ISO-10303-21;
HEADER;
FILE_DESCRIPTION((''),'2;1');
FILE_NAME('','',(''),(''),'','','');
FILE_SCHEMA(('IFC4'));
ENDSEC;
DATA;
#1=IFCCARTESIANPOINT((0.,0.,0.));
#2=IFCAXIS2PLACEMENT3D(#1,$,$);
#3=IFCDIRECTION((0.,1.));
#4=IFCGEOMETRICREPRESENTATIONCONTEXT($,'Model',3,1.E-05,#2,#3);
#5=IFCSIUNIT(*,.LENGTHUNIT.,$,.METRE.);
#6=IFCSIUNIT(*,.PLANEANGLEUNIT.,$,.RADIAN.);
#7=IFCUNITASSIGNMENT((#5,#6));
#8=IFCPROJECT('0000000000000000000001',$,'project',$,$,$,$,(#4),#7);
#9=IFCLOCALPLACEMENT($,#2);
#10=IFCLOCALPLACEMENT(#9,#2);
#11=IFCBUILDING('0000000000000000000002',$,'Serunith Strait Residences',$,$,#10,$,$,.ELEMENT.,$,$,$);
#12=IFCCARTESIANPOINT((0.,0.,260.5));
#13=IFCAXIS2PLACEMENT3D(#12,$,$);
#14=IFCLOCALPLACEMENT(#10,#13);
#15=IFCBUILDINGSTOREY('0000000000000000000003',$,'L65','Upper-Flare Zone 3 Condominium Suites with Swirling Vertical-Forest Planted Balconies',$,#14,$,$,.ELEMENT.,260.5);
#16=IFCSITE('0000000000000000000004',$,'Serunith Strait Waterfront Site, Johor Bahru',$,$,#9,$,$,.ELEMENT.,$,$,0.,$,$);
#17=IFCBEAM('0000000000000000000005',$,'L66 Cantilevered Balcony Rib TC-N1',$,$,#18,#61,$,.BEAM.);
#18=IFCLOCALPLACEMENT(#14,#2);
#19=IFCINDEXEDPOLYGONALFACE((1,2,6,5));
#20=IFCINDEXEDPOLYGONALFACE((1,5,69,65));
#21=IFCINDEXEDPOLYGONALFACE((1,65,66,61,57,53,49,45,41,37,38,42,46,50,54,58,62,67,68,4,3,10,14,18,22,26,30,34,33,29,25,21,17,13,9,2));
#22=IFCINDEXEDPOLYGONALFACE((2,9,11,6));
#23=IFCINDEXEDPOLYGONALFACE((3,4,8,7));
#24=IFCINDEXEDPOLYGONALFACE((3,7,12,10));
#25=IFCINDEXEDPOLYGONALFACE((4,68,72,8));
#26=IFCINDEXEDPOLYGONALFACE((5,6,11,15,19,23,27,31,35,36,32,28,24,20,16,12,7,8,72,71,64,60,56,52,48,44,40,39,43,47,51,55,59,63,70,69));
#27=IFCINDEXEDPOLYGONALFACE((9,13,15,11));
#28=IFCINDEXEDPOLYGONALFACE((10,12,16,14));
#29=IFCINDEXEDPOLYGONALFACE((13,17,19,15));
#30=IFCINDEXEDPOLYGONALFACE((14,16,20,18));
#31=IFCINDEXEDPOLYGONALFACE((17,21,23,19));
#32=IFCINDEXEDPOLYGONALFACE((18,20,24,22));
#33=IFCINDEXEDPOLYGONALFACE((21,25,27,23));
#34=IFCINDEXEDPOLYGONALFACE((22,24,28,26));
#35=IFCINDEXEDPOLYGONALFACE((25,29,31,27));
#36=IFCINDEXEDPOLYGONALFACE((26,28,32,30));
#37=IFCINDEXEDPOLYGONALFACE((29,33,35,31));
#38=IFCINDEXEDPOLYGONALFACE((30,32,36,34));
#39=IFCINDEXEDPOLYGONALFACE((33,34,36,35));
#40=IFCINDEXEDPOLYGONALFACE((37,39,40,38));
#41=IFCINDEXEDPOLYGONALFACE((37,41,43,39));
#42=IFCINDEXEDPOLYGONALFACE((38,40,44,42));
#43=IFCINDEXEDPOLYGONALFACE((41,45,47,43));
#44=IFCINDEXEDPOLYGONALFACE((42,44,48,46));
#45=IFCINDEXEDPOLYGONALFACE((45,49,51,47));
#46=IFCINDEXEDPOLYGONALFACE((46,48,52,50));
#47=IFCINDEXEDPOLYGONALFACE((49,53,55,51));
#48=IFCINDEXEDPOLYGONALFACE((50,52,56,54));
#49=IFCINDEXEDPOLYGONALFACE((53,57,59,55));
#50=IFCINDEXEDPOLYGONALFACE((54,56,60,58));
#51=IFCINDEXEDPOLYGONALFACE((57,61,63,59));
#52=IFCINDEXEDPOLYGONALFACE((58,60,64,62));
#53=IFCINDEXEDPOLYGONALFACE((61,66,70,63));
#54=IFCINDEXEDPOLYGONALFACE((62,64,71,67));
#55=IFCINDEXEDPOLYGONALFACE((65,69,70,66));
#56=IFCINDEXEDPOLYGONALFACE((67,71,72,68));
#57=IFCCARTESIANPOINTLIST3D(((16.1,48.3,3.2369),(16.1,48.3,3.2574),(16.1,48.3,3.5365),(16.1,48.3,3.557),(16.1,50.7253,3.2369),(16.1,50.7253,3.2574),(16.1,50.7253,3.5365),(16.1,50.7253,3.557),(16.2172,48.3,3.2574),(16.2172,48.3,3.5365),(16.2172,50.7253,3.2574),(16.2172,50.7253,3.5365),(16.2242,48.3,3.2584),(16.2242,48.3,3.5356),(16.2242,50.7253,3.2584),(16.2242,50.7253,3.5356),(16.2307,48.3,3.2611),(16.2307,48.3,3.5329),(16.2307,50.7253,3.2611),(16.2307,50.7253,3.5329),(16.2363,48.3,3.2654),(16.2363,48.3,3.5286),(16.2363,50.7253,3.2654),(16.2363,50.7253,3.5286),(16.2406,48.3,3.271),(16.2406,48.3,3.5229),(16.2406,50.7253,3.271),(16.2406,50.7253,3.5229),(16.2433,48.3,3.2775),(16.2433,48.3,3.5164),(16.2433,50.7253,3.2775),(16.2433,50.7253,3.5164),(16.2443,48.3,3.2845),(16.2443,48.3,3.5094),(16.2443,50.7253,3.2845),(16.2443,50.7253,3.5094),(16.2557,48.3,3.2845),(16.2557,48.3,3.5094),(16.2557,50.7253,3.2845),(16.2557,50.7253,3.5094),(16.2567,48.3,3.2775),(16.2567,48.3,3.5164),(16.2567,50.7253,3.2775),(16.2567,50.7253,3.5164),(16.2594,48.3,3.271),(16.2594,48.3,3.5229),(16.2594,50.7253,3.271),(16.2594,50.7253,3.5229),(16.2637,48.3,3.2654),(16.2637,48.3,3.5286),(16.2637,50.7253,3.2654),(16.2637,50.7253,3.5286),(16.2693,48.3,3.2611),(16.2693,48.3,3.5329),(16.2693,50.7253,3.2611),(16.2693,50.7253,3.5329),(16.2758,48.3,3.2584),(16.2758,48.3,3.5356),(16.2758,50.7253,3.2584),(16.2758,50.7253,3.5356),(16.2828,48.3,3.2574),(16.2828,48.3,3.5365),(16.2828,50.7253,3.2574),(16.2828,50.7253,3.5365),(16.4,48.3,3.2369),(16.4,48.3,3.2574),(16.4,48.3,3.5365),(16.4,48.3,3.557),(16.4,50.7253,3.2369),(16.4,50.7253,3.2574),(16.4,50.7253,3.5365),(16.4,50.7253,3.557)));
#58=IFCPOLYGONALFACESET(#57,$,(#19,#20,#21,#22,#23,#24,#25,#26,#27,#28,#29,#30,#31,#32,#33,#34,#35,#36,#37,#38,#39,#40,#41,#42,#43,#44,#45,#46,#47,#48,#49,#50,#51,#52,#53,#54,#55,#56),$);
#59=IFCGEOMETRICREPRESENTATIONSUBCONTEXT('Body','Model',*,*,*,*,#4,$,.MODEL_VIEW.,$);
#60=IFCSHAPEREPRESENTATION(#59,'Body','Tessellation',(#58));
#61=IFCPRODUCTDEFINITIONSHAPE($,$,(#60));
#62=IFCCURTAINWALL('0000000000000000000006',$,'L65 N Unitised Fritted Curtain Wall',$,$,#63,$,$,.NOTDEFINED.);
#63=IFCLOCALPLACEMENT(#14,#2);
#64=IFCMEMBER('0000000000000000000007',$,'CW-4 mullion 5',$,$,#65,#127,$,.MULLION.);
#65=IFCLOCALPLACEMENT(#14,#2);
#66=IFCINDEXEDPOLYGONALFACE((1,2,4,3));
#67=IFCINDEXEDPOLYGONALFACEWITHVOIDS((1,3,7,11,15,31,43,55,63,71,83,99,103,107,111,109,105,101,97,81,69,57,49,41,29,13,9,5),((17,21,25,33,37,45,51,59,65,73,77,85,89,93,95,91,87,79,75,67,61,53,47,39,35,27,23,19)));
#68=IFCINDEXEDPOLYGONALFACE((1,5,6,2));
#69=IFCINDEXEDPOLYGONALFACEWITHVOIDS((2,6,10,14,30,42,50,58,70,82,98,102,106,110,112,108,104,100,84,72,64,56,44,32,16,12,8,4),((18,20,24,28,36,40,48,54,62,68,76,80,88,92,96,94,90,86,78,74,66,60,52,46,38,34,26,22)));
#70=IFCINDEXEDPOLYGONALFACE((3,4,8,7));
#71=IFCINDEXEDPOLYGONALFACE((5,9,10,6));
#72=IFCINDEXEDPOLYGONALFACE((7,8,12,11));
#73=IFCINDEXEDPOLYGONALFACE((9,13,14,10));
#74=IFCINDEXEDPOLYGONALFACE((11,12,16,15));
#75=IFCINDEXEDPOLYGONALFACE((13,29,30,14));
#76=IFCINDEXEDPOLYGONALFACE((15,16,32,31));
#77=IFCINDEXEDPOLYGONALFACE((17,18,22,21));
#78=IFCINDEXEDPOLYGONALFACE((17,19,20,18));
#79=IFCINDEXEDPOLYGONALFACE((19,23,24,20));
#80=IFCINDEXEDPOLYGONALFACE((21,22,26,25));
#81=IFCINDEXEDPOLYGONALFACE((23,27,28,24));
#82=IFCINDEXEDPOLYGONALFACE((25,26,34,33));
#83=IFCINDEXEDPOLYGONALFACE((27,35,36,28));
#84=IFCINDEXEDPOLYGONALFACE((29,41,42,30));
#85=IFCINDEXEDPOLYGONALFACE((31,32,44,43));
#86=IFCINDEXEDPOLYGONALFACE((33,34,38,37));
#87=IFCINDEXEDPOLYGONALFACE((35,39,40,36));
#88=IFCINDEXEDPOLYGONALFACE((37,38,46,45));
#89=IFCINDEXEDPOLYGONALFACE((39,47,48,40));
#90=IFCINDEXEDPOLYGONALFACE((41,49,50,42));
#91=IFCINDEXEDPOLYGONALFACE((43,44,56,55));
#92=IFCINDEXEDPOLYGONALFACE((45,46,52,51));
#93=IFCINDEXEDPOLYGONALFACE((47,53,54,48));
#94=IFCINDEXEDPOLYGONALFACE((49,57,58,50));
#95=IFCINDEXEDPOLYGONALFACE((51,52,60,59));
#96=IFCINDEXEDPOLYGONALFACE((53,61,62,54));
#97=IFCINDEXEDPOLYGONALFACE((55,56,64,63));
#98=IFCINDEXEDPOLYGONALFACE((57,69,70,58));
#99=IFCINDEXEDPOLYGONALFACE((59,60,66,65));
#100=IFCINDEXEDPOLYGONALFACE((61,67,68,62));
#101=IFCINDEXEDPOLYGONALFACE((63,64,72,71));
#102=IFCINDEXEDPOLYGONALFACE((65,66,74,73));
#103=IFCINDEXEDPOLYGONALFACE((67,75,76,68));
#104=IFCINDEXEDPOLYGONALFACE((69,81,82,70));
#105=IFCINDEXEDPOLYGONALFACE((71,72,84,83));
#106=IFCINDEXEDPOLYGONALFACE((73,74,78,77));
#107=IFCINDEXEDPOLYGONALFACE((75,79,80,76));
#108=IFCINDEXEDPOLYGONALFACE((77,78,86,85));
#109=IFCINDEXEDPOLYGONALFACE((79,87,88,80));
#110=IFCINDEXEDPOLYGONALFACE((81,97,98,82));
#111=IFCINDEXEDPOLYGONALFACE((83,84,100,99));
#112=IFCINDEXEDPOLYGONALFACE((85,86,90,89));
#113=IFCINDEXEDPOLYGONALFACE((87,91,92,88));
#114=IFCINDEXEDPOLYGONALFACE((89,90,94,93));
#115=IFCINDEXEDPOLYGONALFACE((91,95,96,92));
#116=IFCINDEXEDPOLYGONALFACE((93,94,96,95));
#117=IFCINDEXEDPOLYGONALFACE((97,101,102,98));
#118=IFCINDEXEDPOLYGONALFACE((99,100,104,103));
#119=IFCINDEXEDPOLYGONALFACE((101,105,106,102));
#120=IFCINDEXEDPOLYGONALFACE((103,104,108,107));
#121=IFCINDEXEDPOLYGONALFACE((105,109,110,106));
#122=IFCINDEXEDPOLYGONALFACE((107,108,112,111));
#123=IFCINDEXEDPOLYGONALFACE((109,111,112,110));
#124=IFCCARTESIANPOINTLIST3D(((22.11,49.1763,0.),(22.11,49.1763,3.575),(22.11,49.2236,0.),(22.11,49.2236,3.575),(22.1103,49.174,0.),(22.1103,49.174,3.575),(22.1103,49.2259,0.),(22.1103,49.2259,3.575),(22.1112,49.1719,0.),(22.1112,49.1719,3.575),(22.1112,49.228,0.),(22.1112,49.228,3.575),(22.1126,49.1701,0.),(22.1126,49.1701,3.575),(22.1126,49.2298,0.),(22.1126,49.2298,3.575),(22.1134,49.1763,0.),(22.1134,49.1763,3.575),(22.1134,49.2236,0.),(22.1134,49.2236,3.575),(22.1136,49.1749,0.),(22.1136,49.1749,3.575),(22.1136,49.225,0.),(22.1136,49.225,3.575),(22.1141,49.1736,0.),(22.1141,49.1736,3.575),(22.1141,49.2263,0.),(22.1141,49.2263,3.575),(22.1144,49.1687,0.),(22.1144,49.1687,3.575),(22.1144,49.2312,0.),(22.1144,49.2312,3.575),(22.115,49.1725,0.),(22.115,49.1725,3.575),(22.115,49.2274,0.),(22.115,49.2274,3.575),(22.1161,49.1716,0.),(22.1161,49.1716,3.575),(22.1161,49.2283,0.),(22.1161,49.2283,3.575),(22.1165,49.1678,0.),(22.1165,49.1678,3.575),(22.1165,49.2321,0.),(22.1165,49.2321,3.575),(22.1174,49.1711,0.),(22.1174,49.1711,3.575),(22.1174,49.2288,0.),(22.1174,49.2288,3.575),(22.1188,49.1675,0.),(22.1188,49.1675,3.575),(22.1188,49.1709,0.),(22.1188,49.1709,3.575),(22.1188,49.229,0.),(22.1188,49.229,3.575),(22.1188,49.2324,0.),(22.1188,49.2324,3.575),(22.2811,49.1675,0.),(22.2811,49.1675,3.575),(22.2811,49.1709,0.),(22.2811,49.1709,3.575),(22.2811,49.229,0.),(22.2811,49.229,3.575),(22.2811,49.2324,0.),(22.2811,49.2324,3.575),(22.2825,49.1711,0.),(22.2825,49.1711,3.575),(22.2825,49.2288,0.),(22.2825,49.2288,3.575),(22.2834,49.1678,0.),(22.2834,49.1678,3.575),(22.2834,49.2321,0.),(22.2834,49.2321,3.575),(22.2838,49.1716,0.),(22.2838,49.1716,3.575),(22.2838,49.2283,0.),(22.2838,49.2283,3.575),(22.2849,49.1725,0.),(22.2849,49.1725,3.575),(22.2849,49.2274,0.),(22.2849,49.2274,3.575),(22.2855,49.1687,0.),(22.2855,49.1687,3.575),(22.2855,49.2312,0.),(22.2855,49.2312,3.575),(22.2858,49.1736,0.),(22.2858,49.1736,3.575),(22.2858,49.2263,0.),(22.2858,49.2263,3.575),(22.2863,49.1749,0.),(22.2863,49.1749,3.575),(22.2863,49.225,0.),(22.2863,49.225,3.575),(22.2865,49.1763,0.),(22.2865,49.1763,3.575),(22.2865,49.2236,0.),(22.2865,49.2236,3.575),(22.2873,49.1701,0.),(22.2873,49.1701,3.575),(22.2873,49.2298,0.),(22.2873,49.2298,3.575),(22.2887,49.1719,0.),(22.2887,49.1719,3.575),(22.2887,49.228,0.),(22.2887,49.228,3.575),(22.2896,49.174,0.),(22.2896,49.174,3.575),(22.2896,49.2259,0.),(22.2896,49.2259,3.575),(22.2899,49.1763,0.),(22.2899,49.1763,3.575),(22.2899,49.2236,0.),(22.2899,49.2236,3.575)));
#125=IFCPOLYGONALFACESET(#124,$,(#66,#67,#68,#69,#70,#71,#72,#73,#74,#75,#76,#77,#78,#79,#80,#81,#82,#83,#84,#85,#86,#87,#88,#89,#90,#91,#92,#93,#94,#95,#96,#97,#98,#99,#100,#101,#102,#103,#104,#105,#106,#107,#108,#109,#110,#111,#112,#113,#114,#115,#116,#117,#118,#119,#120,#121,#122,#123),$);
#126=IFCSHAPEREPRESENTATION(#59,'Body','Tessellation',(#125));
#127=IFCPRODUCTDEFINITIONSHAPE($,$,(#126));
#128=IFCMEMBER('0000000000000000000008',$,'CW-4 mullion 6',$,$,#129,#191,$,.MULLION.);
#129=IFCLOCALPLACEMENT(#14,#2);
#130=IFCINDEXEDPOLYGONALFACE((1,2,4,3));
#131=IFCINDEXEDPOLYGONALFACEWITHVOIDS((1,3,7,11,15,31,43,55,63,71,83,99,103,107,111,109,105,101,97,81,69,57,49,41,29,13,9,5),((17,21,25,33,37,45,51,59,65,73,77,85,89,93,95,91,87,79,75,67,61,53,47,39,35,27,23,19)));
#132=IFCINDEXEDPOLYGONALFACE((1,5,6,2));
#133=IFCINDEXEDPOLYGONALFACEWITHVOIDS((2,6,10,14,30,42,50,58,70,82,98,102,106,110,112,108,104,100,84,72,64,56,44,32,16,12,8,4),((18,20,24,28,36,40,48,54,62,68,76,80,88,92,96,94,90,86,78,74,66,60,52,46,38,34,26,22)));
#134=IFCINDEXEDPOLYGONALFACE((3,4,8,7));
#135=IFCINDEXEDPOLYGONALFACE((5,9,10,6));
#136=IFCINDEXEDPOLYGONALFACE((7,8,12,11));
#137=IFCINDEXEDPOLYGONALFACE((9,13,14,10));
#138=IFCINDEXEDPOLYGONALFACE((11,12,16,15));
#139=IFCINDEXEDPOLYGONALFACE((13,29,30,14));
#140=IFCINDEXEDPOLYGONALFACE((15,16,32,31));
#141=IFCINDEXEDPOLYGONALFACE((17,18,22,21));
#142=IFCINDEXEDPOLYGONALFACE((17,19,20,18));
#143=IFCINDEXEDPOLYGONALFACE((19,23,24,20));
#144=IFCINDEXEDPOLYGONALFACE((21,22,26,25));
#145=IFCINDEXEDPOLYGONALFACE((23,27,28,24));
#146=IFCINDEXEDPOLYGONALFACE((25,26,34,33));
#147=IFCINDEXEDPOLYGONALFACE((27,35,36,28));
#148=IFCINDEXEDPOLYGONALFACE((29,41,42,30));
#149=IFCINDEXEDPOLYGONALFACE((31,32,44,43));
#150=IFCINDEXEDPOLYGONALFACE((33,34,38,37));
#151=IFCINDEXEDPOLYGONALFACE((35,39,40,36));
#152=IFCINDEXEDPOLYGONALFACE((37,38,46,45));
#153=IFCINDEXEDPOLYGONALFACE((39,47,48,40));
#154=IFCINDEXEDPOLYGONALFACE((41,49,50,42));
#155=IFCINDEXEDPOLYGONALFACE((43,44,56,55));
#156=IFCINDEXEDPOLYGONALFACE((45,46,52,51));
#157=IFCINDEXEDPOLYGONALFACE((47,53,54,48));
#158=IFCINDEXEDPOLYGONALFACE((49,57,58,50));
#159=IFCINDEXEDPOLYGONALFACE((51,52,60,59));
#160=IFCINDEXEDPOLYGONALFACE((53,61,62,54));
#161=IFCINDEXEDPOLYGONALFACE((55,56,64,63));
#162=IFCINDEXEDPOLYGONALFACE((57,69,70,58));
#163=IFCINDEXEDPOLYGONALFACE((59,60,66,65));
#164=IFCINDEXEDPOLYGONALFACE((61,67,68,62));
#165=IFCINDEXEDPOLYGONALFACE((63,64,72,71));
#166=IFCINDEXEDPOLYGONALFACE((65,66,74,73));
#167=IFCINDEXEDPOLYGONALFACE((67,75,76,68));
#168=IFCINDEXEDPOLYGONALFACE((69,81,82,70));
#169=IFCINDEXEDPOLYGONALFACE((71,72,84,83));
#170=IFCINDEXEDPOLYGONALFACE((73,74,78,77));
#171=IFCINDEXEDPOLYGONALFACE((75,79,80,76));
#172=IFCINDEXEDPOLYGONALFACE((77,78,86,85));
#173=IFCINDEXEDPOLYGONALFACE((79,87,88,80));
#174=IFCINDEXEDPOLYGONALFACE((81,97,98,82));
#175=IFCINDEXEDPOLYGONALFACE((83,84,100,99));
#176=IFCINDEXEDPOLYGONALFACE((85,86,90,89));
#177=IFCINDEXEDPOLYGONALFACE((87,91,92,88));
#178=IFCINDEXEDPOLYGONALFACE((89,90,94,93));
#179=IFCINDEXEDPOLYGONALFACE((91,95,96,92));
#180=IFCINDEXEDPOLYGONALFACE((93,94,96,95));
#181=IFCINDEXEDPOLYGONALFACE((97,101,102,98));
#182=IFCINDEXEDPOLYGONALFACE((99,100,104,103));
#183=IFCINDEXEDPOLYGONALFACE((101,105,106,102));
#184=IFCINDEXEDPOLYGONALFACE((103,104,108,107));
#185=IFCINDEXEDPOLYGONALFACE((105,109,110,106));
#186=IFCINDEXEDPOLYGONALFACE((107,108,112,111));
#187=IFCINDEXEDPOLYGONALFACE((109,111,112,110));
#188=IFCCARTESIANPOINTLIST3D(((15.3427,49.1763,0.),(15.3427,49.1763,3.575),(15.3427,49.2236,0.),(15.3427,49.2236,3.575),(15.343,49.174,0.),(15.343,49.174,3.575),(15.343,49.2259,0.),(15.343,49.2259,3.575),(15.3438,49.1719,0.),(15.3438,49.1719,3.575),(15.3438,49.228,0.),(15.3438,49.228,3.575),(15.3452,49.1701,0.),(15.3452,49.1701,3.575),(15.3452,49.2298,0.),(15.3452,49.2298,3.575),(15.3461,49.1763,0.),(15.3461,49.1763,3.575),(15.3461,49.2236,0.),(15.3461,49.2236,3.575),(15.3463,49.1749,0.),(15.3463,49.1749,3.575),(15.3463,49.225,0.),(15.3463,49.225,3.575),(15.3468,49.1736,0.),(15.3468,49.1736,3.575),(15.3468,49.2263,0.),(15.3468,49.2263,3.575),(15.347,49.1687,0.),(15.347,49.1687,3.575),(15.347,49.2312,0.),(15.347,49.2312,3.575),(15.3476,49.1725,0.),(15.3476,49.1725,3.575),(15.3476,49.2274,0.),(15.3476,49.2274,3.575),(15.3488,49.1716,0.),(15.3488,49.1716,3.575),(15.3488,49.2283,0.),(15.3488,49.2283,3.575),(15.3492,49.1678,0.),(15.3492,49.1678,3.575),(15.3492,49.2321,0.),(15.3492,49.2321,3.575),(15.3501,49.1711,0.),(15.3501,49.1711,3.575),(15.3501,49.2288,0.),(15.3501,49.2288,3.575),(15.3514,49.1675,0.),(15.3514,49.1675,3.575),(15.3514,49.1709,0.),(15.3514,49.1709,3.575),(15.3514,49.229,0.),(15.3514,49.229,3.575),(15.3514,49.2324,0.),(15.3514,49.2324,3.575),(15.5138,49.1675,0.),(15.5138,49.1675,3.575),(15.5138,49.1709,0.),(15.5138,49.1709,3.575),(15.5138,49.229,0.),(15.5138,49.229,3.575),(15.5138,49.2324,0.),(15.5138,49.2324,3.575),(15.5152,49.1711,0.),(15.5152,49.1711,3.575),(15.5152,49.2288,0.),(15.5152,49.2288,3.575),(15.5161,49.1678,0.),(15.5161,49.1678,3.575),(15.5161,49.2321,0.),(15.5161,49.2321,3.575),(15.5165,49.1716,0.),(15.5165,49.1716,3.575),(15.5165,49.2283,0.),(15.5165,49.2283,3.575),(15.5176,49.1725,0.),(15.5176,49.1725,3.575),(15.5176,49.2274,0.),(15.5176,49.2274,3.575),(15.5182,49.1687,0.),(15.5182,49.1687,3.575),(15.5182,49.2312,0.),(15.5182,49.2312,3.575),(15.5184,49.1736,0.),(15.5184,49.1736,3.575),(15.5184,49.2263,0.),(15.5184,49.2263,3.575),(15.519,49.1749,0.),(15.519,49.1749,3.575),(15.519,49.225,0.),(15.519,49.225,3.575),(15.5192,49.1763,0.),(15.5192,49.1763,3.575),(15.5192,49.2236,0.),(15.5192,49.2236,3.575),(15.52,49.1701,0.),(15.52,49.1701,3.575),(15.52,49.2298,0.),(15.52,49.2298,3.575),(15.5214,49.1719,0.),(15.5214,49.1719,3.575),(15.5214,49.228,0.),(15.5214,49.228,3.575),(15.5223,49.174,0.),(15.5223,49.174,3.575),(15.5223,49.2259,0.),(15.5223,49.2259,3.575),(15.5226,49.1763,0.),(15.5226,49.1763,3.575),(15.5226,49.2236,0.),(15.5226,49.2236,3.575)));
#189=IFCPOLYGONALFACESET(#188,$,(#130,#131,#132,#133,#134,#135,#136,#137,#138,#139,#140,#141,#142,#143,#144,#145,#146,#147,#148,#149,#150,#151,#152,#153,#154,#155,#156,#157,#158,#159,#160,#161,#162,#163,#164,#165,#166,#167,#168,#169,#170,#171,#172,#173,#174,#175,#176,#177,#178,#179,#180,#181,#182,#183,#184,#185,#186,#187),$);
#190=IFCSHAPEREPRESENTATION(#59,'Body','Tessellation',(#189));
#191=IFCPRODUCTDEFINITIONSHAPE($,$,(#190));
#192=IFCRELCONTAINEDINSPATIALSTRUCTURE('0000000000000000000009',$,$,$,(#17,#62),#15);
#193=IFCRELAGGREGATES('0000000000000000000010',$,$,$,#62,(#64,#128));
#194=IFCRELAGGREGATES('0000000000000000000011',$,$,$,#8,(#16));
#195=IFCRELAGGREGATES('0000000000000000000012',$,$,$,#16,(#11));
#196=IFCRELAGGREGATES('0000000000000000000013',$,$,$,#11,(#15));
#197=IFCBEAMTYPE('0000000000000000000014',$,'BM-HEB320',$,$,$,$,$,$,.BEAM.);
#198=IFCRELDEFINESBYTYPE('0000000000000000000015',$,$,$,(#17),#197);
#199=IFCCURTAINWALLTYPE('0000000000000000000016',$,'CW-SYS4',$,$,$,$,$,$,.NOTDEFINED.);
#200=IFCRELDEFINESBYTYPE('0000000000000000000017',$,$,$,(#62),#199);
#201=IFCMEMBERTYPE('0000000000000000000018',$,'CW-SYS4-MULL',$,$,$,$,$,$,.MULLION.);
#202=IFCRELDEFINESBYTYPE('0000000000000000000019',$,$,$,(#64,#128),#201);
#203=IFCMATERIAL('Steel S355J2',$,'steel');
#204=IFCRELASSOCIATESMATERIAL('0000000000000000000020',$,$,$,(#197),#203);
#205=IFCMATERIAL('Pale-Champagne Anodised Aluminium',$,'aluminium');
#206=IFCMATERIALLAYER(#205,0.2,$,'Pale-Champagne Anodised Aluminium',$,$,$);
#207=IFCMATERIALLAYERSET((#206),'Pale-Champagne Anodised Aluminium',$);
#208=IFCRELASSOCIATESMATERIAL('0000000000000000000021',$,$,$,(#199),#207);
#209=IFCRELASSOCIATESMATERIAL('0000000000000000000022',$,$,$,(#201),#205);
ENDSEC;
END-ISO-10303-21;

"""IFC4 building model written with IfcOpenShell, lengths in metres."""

from ifc_helpers import new_model, si_unit, direction, frame, origin, origin_2d, place, context, subcontext, project, spatial, hollow_rectangle, i_section, extrude, source, transform, mapped, material, layer, layer_set, material_profile, profile_set, type_object, element, aggregate, save


model = new_model("IFC4")

# Units and contexts
model_context = context("Model", 3, precision=1e-05, world=origin(), true_north=direction((0.0, 1.0)))
body_context = subcontext(model_context, "Body", "Model", "MODEL_VIEW")
ifc_project = project(units=[si_unit("LENGTHUNIT", "METRE"), si_unit("PLANEANGLEUNIT", "RADIAN")], contexts=[model_context])

# Site, building, storey
site_placement = place(None, origin())
site = spatial("IfcSite", under=ifc_project, at=site_placement, Name="Serunith Strait Waterfront Site, Johor Bahru", CompositionType="ELEMENT", RefElevation=0.0)
building_placement = place(site_placement, origin())
building = spatial("IfcBuilding", under=site, at=building_placement, Name="Serunith Strait Residences", CompositionType="ELEMENT")
storey_placement = place(building_placement, frame((0.0, 0.0, 260.5)))
storey = spatial("IfcBuildingStorey", under=building, at=storey_placement, Name="L65", Description="Upper-Flare Zone 3 Condominium Suites with Swirling Vertical-Forest Planted Balconies", CompositionType="ELEMENT", Elevation=260.5)

# Beam
ifc_material_1 = material(Name="Steel S355J2", Category="steel")
ifc_material_profile_1 = material_profile(ifc_material_1, i_section(OverallWidth=0.3, OverallDepth=0.3201, WebThickness=0.0115, FlangeThickness=0.0205, FilletRadius=0.0271, at=origin_2d()), Name="HEB 320")
ifc_profile_set_1 = profile_set([ifc_material_profile_1], Name="Steel S355J2")
beam_type_1 = type_object("IfcBeamType", Name="BM-HEB320", PredefinedType="BEAM", material=ifc_profile_set_1)
shared_shape_1 = source(origin(), body_context, "Body", "SweptSolid", [
    extrude(i_section(OverallWidth=0.3, OverallDepth=0.3201, WebThickness=0.0115, FlangeThickness=0.0205, FilletRadius=0.0271, at=origin_2d()), origin(), (0.0, 0.0, 1.0), 2.4253),
])
beam_1_placement = place(storey_placement, frame((16.25, 48.3, 3.397), z_axis=(0.0, 1.0, 0.0), x_axis=(-1.0, 0.0, 0.0)))
element("IfcBeam", 1, at=beam_1_placement, inside=storey, type_object=beam_type_1, Name="L66 Cantilevered Balcony Rib TC-N1", PredefinedType="BEAM", context=body_context, shape_type="MappedRepresentation", body=[
    mapped(shared_shape_1, transform((0.0, 0.0, 0.0), scale=1.0)),
])

# Curtain wall, members
ifc_material_2 = material(Name="Pale-Champagne Anodised Aluminium", Category="aluminium")
ifc_layer_1 = layer(ifc_material_2, 0.2, Name="Pale-Champagne Anodised Aluminium")
ifc_layer_set_1 = layer_set([ifc_layer_1], Name="Pale-Champagne Anodised Aluminium")
curtain_wall_type = type_object("IfcCurtainWallType", Name="CW-SYS4", PredefinedType="NOTDEFINED", material=ifc_layer_set_1)
curtain_wall_1_placement = place(storey_placement, origin())
curtain_wall_1 = element("IfcCurtainWall", 2, at=curtain_wall_1_placement, inside=storey, type_object=curtain_wall_type, Name="L65 N Unitised Fritted Curtain Wall", PredefinedType="NOTDEFINED")
ifc_material_profile_2 = material_profile(ifc_material_2, hollow_rectangle(XDim=0.0649, YDim=0.1799, WallThickness=0.0034, InnerFilletRadius=0.0054, OuterFilletRadius=0.0088, at=origin_2d()), Name="ALU 180x65x3.5")
ifc_profile_set_2 = profile_set([ifc_material_profile_2], Name="Pale-Champagne Anodised Aluminium")
member_type_1 = type_object("IfcMemberType", Name="CW-SYS4-MULL", PredefinedType="MULLION", material=ifc_profile_set_2)
shared_shape_2 = source(origin(), body_context, "Body", "SweptSolid", [
    extrude(hollow_rectangle(XDim=0.0649, YDim=0.1799, WallThickness=0.0034, InnerFilletRadius=0.0054, OuterFilletRadius=0.0088, at=origin_2d()), origin(), (0.0, 0.0, 1.0), 3.575),
])
member_1_placement = place(storey_placement, frame((22.2, 49.2, 0.0), z_axis=(0.0, 0.0, 1.0), x_axis=(0.0, -1.0, 0.0)))
member_1 = element("IfcMember", 3, at=member_1_placement, type_object=member_type_1, Name="CW-4 mullion 5", PredefinedType="MULLION", context=body_context, shape_type="MappedRepresentation", body=[
    mapped(shared_shape_2, transform((0.0, 0.0, 0.0), scale=1.0)),
])
member_2_placement = place(storey_placement, frame((15.4326, 49.2, 0.0), z_axis=(0.0, 0.0, 1.0), x_axis=(0.0, -1.0, 0.0)))
member_2 = element("IfcMember", 4, at=member_2_placement, type_object=member_type_1, Name="CW-4 mullion 6", PredefinedType="MULLION", context=body_context, shape_type="MappedRepresentation", body=[
    mapped(shared_shape_2, transform((0.0, 0.0, 0.0), scale=1.0)),
])

aggregate(curtain_wall_1, [member_1, member_2])

save(model, "model.ifc")
